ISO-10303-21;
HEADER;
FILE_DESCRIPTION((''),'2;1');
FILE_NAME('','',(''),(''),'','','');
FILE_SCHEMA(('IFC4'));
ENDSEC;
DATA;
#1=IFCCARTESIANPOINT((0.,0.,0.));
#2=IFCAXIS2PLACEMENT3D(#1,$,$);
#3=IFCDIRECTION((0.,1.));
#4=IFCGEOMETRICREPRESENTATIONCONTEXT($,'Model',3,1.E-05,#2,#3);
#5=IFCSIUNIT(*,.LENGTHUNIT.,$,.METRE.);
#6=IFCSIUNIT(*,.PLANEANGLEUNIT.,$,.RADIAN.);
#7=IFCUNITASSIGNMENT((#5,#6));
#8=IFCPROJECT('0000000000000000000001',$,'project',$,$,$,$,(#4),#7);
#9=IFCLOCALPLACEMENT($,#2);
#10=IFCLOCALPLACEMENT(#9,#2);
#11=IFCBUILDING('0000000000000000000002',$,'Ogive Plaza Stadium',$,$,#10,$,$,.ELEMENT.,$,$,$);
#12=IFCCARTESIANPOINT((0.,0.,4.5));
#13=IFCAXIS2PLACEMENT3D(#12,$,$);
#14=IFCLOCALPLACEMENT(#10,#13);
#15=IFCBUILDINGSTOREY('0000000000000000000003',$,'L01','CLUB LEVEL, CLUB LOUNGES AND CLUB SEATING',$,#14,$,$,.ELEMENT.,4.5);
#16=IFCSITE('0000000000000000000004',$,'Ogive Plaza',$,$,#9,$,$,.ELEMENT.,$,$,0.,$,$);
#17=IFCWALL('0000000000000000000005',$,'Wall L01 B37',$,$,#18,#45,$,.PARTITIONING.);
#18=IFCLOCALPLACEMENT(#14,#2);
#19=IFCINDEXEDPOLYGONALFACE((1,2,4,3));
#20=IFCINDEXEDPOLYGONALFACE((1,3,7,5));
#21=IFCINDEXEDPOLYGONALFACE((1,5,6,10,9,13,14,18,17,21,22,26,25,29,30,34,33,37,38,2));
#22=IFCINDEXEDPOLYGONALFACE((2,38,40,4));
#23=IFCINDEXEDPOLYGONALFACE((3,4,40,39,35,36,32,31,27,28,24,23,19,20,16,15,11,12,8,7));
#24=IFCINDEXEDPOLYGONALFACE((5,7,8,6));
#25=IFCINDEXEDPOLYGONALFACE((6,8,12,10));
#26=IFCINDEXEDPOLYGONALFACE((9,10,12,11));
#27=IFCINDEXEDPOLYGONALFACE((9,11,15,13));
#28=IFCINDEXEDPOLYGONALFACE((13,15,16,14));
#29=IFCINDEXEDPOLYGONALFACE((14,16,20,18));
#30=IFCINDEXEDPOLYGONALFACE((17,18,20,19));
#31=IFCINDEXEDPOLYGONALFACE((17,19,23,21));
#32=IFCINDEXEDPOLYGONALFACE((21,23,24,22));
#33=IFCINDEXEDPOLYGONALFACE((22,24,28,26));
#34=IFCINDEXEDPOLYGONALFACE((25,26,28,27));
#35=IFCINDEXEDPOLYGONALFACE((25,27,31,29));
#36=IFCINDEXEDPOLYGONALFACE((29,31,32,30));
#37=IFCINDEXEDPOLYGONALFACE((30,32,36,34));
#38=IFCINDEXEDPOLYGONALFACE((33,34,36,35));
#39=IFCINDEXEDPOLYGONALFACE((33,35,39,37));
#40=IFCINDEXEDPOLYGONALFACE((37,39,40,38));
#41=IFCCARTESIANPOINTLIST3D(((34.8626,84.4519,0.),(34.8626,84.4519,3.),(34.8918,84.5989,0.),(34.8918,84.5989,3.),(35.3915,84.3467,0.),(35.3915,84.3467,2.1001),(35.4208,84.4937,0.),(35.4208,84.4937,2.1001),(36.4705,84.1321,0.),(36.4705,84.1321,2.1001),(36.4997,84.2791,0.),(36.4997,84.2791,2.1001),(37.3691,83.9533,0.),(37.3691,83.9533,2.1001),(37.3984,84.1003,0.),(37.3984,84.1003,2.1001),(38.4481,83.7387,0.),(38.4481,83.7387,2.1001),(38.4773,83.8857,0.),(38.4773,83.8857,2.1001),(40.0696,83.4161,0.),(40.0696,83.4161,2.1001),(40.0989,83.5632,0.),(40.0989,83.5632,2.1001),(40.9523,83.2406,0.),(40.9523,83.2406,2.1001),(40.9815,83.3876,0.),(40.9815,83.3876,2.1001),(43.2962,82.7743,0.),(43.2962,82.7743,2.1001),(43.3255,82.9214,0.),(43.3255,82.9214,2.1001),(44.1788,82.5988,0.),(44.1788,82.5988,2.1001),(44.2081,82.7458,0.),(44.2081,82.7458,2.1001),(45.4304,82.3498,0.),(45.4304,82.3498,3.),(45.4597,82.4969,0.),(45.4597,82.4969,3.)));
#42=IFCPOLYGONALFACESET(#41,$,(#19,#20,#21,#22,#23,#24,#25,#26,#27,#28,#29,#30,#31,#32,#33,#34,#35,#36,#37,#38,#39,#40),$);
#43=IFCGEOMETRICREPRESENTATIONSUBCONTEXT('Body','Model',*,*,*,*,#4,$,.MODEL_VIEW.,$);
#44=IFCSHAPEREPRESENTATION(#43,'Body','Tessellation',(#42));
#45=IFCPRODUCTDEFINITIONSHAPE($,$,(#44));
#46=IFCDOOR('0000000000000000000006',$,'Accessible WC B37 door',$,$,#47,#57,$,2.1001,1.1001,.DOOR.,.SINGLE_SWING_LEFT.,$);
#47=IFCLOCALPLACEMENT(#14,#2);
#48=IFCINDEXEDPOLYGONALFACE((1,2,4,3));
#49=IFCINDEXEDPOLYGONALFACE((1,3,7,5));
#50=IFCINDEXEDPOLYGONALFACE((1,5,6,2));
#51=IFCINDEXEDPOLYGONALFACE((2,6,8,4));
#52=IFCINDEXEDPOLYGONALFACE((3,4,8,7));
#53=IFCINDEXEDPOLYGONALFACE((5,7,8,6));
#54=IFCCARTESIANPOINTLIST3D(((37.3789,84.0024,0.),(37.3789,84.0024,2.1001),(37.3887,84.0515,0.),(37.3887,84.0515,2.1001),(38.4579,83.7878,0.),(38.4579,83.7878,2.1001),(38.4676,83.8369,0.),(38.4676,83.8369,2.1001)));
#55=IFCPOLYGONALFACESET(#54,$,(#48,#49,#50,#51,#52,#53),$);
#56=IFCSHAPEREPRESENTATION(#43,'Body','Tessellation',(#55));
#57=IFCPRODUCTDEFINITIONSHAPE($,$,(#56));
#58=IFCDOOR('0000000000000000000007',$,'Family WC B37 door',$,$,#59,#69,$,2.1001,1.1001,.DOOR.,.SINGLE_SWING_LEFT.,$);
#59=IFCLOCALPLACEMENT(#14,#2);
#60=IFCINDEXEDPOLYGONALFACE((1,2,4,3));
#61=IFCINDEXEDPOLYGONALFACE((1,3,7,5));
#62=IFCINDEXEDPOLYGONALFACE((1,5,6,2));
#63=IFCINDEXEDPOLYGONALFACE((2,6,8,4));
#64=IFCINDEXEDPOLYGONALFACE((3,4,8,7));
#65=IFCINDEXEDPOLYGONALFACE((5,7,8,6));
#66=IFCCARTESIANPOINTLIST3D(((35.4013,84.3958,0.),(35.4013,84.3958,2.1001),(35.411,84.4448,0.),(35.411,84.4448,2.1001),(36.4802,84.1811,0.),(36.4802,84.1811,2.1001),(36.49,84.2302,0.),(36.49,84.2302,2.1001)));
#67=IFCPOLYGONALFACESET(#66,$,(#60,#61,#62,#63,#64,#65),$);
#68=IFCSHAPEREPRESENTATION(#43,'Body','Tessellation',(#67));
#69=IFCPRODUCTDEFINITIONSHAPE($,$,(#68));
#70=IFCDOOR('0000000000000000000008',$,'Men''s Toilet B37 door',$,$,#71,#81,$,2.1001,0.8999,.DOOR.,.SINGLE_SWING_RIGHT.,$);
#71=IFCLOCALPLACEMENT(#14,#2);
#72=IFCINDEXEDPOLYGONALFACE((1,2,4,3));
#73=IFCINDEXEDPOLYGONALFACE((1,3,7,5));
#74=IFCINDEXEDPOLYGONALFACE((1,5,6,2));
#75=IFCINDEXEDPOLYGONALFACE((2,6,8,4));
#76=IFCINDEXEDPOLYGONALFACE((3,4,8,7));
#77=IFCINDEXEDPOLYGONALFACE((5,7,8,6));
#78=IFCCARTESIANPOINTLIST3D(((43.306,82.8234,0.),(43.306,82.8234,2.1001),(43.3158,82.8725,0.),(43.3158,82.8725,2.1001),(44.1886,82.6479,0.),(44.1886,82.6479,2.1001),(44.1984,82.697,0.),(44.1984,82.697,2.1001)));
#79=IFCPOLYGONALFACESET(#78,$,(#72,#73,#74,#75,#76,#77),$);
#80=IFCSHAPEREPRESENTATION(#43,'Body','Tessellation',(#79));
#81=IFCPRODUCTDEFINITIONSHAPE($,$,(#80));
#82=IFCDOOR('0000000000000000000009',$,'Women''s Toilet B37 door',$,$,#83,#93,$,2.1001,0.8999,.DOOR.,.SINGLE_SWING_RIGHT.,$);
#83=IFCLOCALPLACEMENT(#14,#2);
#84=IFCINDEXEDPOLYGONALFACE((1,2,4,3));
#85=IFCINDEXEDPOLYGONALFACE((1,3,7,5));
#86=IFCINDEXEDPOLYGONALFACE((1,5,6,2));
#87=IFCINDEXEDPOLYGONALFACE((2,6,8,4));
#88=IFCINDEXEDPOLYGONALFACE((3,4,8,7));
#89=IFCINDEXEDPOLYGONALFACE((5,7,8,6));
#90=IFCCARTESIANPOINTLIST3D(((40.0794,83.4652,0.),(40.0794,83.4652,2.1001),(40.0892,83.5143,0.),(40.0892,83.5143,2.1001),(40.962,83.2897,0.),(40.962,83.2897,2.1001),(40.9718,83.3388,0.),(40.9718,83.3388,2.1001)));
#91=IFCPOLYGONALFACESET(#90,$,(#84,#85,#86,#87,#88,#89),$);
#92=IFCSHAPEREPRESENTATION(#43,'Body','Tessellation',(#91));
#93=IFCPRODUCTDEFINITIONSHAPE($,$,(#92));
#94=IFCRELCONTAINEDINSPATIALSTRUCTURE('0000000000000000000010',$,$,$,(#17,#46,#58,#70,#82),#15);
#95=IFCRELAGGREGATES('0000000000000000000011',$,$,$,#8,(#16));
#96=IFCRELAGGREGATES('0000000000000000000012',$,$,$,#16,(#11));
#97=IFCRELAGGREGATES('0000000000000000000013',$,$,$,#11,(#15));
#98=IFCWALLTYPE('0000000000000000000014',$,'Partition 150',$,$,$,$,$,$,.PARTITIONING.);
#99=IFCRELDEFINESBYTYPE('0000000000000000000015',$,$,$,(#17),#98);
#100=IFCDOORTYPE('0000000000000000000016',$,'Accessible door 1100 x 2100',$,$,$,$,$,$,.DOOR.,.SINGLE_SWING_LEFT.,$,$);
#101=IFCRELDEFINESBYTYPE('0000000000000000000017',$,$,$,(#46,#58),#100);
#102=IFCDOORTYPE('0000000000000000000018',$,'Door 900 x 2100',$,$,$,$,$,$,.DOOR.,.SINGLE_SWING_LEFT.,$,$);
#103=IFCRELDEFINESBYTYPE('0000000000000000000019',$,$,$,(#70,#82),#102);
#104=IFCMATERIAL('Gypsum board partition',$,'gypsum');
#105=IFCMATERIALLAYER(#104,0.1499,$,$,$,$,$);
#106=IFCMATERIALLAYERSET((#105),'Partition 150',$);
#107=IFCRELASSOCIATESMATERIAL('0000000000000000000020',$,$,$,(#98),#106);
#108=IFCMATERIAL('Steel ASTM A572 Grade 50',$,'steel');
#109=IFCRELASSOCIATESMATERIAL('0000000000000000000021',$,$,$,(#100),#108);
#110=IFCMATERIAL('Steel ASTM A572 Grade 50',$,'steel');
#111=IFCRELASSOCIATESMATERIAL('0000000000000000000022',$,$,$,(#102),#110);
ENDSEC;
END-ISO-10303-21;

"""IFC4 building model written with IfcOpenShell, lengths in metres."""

from ifc_helpers import new_model, si_unit, direction, frame, frame_2d, origin, place, context, subcontext, project, spatial, rectangle, extrude, material, layer, layer_set, type_object, element, fill, save


model = new_model("IFC4")

# Units and contexts
model_context = context("Model", 3, precision=1e-05, world=origin(), true_north=direction((0.0, 1.0)))
body_context = subcontext(model_context, "Body", "Model", "MODEL_VIEW")
ifc_project = project(units=[si_unit("LENGTHUNIT", "METRE"), si_unit("PLANEANGLEUNIT", "RADIAN")], contexts=[model_context])

# Site, building, storey
site_placement = place(None, origin())
site = spatial("IfcSite", under=ifc_project, at=site_placement, Name="Ogive Plaza", CompositionType="ELEMENT", RefElevation=0.0)
building_placement = place(site_placement, origin())
building = spatial("IfcBuilding", under=site, at=building_placement, Name="Ogive Plaza Stadium", CompositionType="ELEMENT")
storey_placement = place(building_placement, frame((0.0, 0.0, 4.5)))
storey = spatial("IfcBuildingStorey", under=building, at=storey_placement, Name="L01", Description="CLUB LEVEL, CLUB LOUNGES AND CLUB SEATING", CompositionType="ELEMENT", Elevation=4.5)

# Wall, openings, doors
ifc_material_1 = material(Name="Gypsum board partition", Category="gypsum")
ifc_layer_1 = layer(ifc_material_1, 0.1499)
ifc_layer_set_1 = layer_set([ifc_layer_1], Name="Partition 150")
wall_type_1 = type_object("IfcWallType", Name="Partition 150", PredefinedType="PARTITIONING", material=ifc_layer_set_1)
wall_1_placement = place(storey_placement, frame((45.4451, 82.4233, 0.0), z_axis=(0.0, 0.0, 1.0), x_axis=(-0.980786, 0.195088, 0.0)))
wall_1 = element("IfcWall", 1, at=wall_1_placement, inside=storey, type_object=wall_type_1, Name="Wall L01 B37", PredefinedType="PARTITIONING", context=body_context, shape_type="SweptSolid", body=[
    extrude(rectangle(XDim=10.7749, YDim=0.1499, at=frame_2d((5.3875, 0.0))), origin(), (0.0, 0.0, 1.0), 3.0),
])
opening_1_placement = place(wall_1_placement, frame((1.2761, 0.0, 0.0)))
opening_1 = element("IfcOpeningElement", 2, at=opening_1_placement, cuts=wall_1, PredefinedType="OPENING", context=body_context, shape_type="SweptSolid", body=[
    extrude(rectangle(XDim=0.8999, YDim=2.1001, at=frame_2d((0.45, 1.05))), frame((0.0, 0.075, 0.0), z_axis=(0.0, -1.0, 0.0), x_axis=(1.0, 0.0, 0.0)), (0.0, 0.0, 1.0), 0.1499),
])
opening_2_placement = place(wall_1_placement, frame((4.5659, 0.0, 0.0)))
opening_2 = element("IfcOpeningElement", 3, at=opening_2_placement, cuts=wall_1, PredefinedType="OPENING", context=body_context, shape_type="SweptSolid", body=[
    extrude(rectangle(XDim=0.8999, YDim=2.1001, at=frame_2d((0.45, 1.05))), frame((0.0, 0.075, 0.0), z_axis=(0.0, -1.0, 0.0), x_axis=(1.0, 0.0, 0.0)), (0.0, 0.0, 1.0), 0.1499),
])
opening_3_placement = place(wall_1_placement, frame((7.1191, 0.0, 0.0)))
opening_3 = element("IfcOpeningElement", 4, at=opening_3_placement, cuts=wall_1, PredefinedType="OPENING", context=body_context, shape_type="SweptSolid", body=[
    extrude(rectangle(XDim=1.1001, YDim=2.1001, at=frame_2d((0.55, 1.05))), frame((0.0, 0.075, 0.0), z_axis=(0.0, -1.0, 0.0), x_axis=(1.0, 0.0, 0.0)), (0.0, 0.0, 1.0), 0.1499),
])
opening_4_placement = place(wall_1_placement, frame((9.1355, 0.0, 0.0)))
opening_4 = element("IfcOpeningElement", 5, at=opening_4_placement, cuts=wall_1, PredefinedType="OPENING", context=body_context, shape_type="SweptSolid", body=[
    extrude(rectangle(XDim=1.1001, YDim=2.1001, at=frame_2d((0.55, 1.05))), frame((0.0, 0.075, 0.0), z_axis=(0.0, -1.0, 0.0), x_axis=(1.0, 0.0, 0.0)), (0.0, 0.0, 1.0), 0.1499),
])
ifc_material_2 = material(Name="Steel ASTM A572 Grade 50", Category="steel")
door_type_1 = type_object("IfcDoorType", Name="Accessible door 1100 x 2100", OperationType="SINGLE_SWING_LEFT", PredefinedType="DOOR", material=ifc_material_2)
door_1_placement = place(opening_3_placement, origin())
door_1 = element("IfcDoor", 6, at=door_1_placement, inside=storey, type_object=door_type_1, Name="Accessible WC B37 door", OperationType="SINGLE_SWING_LEFT", OverallHeight=2.1001, OverallWidth=1.1001, PredefinedType="DOOR", context=body_context, shape_type="SweptSolid", body=[
    extrude(rectangle(XDim=1.1001, YDim=2.1001, at=frame_2d((0.55, 1.05))), frame((0.0, 0.0249, 0.0), z_axis=(0.0, -1.0, 0.0), x_axis=(1.0, 0.0, 0.0)), (0.0, 0.0, 1.0), 0.05),
])
fill(opening_3, door_1)
door_2_placement = place(opening_4_placement, origin())
door_2 = element("IfcDoor", 7, at=door_2_placement, inside=storey, type_object=door_type_1, Name="Family WC B37 door", OperationType="SINGLE_SWING_LEFT", OverallHeight=2.1001, OverallWidth=1.1001, PredefinedType="DOOR", context=body_context, shape_type="SweptSolid", body=[
    extrude(rectangle(XDim=1.1001, YDim=2.1001, at=frame_2d((0.55, 1.05))), frame((0.0, 0.0249, 0.0), z_axis=(0.0, -1.0, 0.0), x_axis=(1.0, 0.0, 0.0)), (0.0, 0.0, 1.0), 0.05),
])
fill(opening_4, door_2)
ifc_material_3 = material(Name="Steel ASTM A572 Grade 50", Category="steel")
door_type_2 = type_object("IfcDoorType", Name="Door 900 x 2100", OperationType="SINGLE_SWING_LEFT", PredefinedType="DOOR", material=ifc_material_3)
door_3_placement = place(opening_1_placement, origin())
door_3 = element("IfcDoor", 8, at=door_3_placement, inside=storey, type_object=door_type_2, Name="Men's Toilet B37 door", OperationType="SINGLE_SWING_RIGHT", OverallHeight=2.1001, OverallWidth=0.8999, PredefinedType="DOOR", context=body_context, shape_type="SweptSolid", body=[
    extrude(rectangle(XDim=0.8999, YDim=2.1001, at=frame_2d((0.45, 1.05))), frame((0.0, 0.0249, 0.0), z_axis=(0.0, -1.0, 0.0), x_axis=(1.0, 0.0, 0.0)), (0.0, 0.0, 1.0), 0.05),
])
fill(opening_1, door_3)
door_4_placement = place(opening_2_placement, origin())
door_4 = element("IfcDoor", 9, at=door_4_placement, inside=storey, type_object=door_type_2, Name="Women's Toilet B37 door", OperationType="SINGLE_SWING_RIGHT", OverallHeight=2.1001, OverallWidth=0.8999, PredefinedType="DOOR", context=body_context, shape_type="SweptSolid", body=[
    extrude(rectangle(XDim=0.8999, YDim=2.1001, at=frame_2d((0.45, 1.05))), frame((0.0, 0.0249, 0.0), z_axis=(0.0, -1.0, 0.0), x_axis=(1.0, 0.0, 0.0)), (0.0, 0.0, 1.0), 0.05),
])
fill(opening_2, door_4)

save(model, "model.ifc")
